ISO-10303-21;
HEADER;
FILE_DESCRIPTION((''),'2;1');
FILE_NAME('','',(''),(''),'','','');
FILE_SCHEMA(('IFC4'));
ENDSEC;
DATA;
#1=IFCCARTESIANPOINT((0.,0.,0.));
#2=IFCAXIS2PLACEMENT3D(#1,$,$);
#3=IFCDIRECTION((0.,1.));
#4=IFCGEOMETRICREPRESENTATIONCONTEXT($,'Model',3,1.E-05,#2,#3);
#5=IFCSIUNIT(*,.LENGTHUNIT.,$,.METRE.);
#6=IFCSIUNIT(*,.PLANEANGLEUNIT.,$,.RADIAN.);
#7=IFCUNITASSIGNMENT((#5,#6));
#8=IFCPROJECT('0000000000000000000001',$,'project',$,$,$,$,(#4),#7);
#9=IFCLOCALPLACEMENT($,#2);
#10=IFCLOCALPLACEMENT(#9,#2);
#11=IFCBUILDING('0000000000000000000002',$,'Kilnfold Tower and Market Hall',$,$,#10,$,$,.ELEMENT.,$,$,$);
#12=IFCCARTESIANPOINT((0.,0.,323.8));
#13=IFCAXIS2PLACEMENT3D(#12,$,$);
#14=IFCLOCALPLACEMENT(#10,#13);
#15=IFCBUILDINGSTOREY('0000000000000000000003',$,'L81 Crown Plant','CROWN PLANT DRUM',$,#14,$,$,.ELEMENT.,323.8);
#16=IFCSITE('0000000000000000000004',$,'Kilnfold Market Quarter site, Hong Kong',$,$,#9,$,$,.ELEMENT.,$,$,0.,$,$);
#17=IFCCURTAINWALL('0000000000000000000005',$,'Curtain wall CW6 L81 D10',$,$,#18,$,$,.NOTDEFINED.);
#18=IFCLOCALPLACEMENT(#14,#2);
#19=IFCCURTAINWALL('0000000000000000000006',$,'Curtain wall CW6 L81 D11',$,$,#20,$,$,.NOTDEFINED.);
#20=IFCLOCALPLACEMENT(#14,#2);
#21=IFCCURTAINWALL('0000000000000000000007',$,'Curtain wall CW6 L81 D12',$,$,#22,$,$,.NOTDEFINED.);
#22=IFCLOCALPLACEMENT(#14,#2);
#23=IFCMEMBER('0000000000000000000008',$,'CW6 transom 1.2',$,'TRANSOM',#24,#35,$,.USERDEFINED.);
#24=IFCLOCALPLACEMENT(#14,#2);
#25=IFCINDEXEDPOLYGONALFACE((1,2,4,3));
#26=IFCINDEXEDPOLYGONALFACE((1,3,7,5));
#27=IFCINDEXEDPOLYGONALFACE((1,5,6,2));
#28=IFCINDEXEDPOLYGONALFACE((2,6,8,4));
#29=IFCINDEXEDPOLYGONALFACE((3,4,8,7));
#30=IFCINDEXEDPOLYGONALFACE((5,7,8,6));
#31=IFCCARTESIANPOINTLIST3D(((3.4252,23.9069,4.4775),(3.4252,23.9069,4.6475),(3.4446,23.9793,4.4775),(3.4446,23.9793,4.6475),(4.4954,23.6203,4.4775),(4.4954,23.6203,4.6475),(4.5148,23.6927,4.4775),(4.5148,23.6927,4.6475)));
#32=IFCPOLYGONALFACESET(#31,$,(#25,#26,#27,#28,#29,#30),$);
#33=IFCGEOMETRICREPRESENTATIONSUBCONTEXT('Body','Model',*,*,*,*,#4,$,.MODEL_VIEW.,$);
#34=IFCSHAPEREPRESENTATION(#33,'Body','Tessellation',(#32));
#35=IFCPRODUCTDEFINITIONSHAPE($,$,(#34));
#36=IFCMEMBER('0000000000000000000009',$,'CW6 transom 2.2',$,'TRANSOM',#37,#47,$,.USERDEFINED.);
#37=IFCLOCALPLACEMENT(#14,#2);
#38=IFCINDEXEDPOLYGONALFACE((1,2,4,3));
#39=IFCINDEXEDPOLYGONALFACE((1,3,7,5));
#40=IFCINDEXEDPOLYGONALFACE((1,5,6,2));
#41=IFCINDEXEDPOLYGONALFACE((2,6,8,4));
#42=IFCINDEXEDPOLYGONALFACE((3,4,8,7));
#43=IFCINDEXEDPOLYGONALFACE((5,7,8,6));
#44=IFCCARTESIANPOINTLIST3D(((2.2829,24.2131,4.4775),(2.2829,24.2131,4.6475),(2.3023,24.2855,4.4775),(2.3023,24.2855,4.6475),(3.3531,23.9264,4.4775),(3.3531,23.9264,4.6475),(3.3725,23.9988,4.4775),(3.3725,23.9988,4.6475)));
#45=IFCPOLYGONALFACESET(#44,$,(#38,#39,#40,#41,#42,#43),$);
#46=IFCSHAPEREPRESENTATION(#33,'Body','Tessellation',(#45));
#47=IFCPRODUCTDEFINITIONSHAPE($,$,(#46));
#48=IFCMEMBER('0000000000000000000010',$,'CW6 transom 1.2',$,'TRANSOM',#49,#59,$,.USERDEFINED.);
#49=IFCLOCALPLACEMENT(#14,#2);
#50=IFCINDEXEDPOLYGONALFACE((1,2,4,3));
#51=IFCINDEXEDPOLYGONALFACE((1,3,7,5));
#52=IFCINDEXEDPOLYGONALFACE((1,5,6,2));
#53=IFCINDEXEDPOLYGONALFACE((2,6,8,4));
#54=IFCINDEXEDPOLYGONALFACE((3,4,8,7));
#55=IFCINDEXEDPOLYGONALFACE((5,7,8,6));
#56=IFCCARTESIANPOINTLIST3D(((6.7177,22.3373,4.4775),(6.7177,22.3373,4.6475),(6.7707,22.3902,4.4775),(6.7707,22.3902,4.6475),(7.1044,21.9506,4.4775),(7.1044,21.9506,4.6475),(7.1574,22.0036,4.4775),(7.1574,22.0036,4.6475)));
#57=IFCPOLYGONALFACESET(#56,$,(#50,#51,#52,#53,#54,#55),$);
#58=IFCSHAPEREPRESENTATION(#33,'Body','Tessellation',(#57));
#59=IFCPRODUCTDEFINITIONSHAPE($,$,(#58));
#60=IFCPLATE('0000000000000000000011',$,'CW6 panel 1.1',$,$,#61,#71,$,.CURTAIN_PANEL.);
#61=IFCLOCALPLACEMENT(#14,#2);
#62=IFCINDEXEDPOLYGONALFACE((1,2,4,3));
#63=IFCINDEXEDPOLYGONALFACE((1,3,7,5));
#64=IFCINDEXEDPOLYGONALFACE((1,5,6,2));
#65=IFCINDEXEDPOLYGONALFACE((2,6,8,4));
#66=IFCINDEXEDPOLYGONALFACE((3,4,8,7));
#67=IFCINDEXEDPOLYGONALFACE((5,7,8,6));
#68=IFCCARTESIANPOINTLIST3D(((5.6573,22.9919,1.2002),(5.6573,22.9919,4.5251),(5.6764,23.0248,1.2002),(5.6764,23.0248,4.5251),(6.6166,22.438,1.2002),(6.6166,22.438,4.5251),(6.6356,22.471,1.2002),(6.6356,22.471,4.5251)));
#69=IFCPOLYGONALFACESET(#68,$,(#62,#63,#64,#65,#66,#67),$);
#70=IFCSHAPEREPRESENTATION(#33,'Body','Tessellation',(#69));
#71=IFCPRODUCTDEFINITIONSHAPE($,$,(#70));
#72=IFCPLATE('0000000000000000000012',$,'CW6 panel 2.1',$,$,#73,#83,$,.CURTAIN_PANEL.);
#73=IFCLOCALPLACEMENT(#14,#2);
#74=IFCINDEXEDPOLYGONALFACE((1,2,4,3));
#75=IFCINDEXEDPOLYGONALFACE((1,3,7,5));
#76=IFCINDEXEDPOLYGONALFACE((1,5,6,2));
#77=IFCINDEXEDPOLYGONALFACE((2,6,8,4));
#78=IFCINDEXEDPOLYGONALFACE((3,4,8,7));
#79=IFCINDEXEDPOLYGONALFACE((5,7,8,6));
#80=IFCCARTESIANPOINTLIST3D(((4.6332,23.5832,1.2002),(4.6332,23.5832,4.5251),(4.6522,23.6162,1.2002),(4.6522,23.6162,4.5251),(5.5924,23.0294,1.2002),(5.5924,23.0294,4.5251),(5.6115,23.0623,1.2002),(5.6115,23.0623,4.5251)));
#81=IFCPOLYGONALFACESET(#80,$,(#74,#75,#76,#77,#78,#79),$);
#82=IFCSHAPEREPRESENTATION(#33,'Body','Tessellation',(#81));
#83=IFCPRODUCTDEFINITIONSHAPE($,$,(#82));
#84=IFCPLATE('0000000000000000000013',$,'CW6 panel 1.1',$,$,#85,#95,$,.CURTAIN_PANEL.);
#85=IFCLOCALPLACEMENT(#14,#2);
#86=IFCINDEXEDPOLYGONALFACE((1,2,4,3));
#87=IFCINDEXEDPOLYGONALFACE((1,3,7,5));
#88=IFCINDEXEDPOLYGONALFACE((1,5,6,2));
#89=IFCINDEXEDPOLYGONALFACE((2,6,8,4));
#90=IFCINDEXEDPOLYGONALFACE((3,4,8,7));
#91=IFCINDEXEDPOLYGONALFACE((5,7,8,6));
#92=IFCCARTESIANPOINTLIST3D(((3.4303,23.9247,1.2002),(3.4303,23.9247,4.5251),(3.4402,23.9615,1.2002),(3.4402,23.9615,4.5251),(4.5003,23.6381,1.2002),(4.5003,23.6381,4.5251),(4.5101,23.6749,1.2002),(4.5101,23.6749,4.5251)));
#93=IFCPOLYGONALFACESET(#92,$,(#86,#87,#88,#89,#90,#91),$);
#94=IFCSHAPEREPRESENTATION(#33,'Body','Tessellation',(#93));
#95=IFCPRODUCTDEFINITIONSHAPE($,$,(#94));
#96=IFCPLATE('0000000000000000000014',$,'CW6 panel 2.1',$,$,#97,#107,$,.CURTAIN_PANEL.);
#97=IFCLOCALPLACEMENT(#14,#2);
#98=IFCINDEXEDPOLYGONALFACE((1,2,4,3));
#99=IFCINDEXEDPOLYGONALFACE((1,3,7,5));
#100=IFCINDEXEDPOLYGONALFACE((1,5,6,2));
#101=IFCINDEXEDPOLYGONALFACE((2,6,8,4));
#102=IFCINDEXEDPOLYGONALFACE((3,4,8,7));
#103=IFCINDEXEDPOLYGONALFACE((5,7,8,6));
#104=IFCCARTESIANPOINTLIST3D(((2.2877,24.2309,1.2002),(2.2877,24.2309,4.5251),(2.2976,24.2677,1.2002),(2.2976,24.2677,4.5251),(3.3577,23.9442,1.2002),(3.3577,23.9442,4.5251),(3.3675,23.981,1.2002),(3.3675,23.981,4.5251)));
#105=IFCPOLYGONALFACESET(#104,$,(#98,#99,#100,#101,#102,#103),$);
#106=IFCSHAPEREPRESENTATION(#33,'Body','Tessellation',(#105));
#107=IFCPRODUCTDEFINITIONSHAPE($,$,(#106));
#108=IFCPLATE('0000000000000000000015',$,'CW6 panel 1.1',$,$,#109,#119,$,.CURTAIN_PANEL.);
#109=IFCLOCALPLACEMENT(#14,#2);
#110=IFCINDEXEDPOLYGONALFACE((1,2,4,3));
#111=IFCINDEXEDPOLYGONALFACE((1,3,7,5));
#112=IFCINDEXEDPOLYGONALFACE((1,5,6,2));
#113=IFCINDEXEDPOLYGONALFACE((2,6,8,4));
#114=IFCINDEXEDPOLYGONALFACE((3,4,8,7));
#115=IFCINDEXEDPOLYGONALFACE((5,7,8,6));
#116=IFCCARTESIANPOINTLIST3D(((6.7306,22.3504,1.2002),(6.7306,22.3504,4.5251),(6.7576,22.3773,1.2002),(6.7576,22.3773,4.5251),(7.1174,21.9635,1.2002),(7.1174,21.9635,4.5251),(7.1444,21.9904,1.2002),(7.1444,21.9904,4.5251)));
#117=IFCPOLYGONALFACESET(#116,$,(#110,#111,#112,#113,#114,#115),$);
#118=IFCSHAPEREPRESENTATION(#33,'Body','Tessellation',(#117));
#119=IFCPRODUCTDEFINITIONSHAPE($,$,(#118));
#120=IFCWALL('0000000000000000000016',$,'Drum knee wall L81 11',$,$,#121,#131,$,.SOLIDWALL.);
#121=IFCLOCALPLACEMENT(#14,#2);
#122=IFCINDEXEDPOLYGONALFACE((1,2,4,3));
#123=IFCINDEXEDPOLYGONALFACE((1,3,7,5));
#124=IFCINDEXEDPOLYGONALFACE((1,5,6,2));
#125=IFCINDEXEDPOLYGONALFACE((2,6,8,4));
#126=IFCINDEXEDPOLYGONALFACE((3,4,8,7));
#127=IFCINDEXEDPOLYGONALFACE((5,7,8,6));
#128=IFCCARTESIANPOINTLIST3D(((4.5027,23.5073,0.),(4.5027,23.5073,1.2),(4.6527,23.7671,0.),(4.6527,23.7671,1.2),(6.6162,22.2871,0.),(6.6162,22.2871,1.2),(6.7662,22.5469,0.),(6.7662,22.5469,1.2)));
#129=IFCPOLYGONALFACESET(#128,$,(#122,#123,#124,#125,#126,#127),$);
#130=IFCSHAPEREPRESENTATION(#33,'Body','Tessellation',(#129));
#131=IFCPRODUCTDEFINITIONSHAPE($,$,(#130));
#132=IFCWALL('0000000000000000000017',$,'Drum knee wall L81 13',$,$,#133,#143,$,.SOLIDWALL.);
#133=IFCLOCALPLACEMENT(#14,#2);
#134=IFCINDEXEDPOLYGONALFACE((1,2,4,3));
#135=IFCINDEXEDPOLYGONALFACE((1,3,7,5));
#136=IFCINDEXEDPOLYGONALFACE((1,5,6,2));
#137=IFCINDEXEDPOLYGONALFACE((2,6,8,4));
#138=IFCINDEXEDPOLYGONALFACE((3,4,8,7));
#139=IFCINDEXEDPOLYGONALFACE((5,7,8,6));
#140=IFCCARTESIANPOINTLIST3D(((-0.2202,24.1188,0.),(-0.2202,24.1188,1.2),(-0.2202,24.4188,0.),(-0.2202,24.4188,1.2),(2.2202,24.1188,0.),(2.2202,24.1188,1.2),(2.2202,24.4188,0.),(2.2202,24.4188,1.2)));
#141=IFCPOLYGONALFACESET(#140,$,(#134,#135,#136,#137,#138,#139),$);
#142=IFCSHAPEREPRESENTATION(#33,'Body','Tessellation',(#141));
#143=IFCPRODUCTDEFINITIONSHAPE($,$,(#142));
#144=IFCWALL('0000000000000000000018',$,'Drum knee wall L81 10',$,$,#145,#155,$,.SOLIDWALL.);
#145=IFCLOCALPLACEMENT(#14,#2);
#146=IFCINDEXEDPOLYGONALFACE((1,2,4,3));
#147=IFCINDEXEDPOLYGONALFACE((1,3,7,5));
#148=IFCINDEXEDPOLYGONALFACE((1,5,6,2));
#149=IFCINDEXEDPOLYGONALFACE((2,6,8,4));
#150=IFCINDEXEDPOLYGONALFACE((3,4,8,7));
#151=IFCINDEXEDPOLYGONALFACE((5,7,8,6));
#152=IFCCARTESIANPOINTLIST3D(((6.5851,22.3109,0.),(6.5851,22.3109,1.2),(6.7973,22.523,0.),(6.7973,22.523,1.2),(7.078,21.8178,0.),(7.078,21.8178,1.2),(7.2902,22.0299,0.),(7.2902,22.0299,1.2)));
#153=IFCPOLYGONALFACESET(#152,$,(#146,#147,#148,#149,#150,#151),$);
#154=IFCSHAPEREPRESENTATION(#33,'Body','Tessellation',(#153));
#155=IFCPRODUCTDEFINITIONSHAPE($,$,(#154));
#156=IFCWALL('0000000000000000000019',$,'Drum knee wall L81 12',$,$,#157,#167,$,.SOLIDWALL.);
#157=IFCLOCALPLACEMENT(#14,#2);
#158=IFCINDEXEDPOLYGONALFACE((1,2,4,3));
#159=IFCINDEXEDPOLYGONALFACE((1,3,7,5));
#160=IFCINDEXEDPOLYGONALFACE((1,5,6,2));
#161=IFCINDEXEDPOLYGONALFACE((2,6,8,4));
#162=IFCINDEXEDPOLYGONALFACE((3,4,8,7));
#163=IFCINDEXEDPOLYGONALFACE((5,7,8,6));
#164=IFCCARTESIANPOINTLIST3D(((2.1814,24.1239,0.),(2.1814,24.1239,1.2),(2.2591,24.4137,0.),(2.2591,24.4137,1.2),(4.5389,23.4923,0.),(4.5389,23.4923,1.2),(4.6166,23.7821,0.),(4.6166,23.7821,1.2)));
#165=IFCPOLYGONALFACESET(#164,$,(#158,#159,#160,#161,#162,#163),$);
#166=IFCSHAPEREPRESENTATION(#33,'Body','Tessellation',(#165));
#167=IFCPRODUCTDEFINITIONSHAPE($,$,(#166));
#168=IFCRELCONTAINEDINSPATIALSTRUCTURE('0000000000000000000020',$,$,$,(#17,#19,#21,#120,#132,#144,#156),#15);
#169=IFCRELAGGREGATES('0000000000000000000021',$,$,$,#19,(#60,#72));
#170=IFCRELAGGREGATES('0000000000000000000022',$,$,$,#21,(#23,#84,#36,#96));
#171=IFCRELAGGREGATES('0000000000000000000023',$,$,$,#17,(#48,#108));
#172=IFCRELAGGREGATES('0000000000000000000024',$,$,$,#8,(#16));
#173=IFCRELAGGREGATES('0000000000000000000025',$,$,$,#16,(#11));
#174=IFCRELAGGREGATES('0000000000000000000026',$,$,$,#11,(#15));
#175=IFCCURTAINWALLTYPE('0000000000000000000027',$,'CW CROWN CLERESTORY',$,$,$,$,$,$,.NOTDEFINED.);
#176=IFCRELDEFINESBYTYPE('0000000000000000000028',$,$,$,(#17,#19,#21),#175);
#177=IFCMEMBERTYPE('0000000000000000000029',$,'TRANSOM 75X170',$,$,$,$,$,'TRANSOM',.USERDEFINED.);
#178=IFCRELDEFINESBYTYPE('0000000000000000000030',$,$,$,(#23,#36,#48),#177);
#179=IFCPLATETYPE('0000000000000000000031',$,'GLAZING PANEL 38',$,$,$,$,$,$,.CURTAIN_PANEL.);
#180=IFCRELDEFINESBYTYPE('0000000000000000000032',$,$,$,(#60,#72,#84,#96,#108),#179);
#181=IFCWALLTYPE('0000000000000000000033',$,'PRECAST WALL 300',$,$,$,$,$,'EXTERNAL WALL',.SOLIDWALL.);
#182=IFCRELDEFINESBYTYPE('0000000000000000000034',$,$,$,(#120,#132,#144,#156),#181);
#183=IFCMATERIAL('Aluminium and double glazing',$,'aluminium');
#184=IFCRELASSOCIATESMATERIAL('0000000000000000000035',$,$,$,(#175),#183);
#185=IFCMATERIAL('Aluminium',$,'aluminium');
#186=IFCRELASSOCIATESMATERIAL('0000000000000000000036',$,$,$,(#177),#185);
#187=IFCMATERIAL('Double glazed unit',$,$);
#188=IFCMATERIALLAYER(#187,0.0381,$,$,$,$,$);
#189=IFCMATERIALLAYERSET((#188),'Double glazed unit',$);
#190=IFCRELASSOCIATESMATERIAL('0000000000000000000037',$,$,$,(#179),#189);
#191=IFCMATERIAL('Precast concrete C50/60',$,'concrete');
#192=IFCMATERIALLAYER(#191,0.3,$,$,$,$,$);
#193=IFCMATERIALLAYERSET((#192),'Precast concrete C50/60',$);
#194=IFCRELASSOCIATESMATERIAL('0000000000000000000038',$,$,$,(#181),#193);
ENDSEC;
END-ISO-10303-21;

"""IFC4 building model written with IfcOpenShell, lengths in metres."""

from ifc_helpers import new_model, si_unit, direction, frame, frame_2d, origin, origin_2d, place, context, subcontext, project, spatial, rectangle, extrude, source, transform, mapped, material, layer, layer_set, material_profile, profile_set, type_object, element, aggregate, save


model = new_model("IFC4")

# Units and contexts
model_context = context("Model", 3, precision=1e-05, world=origin(), true_north=direction((0.0, 1.0)))
body_context = subcontext(model_context, "Body", "Model", "MODEL_VIEW")
ifc_project = project(units=[si_unit("LENGTHUNIT", "METRE"), si_unit("PLANEANGLEUNIT", "RADIAN")], contexts=[model_context])

# Site, building, storey
site_placement = place(None, origin())
site = spatial("IfcSite", under=ifc_project, at=site_placement, Name="Kilnfold Market Quarter site, Hong Kong", CompositionType="ELEMENT", RefElevation=0.0)
building_placement = place(site_placement, origin())
building = spatial("IfcBuilding", under=site, at=building_placement, Name="Kilnfold Tower and Market Hall", CompositionType="ELEMENT")
storey_placement = place(building_placement, frame((0.0, 0.0, 323.8)))
storey = spatial("IfcBuildingStorey", under=building, at=storey_placement, Name="L81 Crown Plant", Description="CROWN PLANT DRUM", CompositionType="ELEMENT", Elevation=323.8)

# Curtain walls
ifc_material_1 = material(Name="Aluminium and double glazing", Category="aluminium")
curtain_wall_type = type_object("IfcCurtainWallType", Name="CW CROWN CLERESTORY", PredefinedType="NOTDEFINED", material=ifc_material_1)
curtain_wall_1_placement = place(storey_placement, origin())
curtain_wall_1 = element("IfcCurtainWall", 1, at=curtain_wall_1_placement, inside=storey, type_object=curtain_wall_type, Name="Curtain wall CW6 L81 D10", PredefinedType="NOTDEFINED")
curtain_wall_2_placement = place(storey_placement, origin())
curtain_wall_2 = element("IfcCurtainWall", 2, at=curtain_wall_2_placement, inside=storey, type_object=curtain_wall_type, Name="Curtain wall CW6 L81 D11", PredefinedType="NOTDEFINED")
curtain_wall_3_placement = place(storey_placement, origin())
curtain_wall_3 = element("IfcCurtainWall", 3, at=curtain_wall_3_placement, inside=storey, type_object=curtain_wall_type, Name="Curtain wall CW6 L81 D12", PredefinedType="NOTDEFINED")

# Members
ifc_material_2 = material(Name="Aluminium", Category="aluminium")
ifc_material_profile_1 = material_profile(ifc_material_2, rectangle(XDim=0.075, YDim=0.1699, at=origin_2d()), Name="TRANSOM 75x170")
ifc_profile_set_1 = profile_set([ifc_material_profile_1], Name="Aluminium")
member_type_1 = type_object("IfcMemberType", Name="TRANSOM 75X170", ElementType="TRANSOM", PredefinedType="USERDEFINED", material=ifc_profile_set_1)
shared_shape_1 = source(origin(), body_context, "Body", "SweptSolid", [
    extrude(rectangle(XDim=0.075, YDim=0.1699, at=origin_2d()), origin(), (0.0, 0.0, 1.0), 1.1079),
])
member_1_placement = place(storey_placement, frame((4.5051, 23.6565, 4.5625), z_axis=(-0.965949, 0.258732, 0.0), x_axis=(-0.258732, -0.965949, 0.0)))
member_1 = element("IfcMember", 4, at=member_1_placement, type_object=member_type_1, Name="CW6 transom 1.2", ObjectType="TRANSOM", PredefinedType="USERDEFINED", context=body_context, shape_type="MappedRepresentation", body=[
    mapped(shared_shape_1, transform((0.0, 0.0, 0.0))),
])
member_2_placement = place(storey_placement, frame((3.3628, 23.9626, 4.5625), z_axis=(-0.965949, 0.258732, 0.0), x_axis=(-0.258732, -0.965949, 0.0)))
member_2 = element("IfcMember", 5, at=member_2_placement, type_object=member_type_1, Name="CW6 transom 2.2", ObjectType="TRANSOM", PredefinedType="USERDEFINED", context=body_context, shape_type="MappedRepresentation", body=[
    mapped(shared_shape_1, transform((0.0, 0.0, 0.0))),
])
shared_shape_2 = source(origin(), body_context, "Body", "SweptSolid", [
    extrude(rectangle(XDim=0.075, YDim=0.1699, at=origin_2d()), origin(), (0.0, 0.0, 1.0), 0.5469),
])
member_3_placement = place(storey_placement, frame((7.1309, 21.9771, 4.5625), z_axis=(-0.707107, 0.707107, 0.0), x_axis=(-0.707107, -0.707107, 0.0)))
member_3 = element("IfcMember", 6, at=member_3_placement, type_object=member_type_1, Name="CW6 transom 1.2", ObjectType="TRANSOM", PredefinedType="USERDEFINED", context=body_context, shape_type="MappedRepresentation", body=[
    mapped(shared_shape_2, transform((0.0, 0.0, 0.0))),
])

# Plates
ifc_material_3 = material(Name="Double glazed unit")
ifc_layer_1 = layer(ifc_material_3, 0.0381)
ifc_layer_set_1 = layer_set([ifc_layer_1], Name="Double glazed unit")
plate_type = type_object("IfcPlateType", Name="GLAZING PANEL 38", PredefinedType="CURTAIN_PANEL", material=ifc_layer_set_1)
shared_shape_3 = source(origin(), body_context, "Body", "SweptSolid", [
    extrude(rectangle(XDim=1.1077, YDim=0.0381, at=origin_2d()), origin(), (0.0, 0.0, 1.0), 3.325),
])
plate_1_placement = place(storey_placement, frame((6.1465, 22.7314, 1.2002), z_axis=(0.0, 0.0, 1.0), x_axis=(-0.866031, 0.499991, 0.0)))
plate_1 = element("IfcPlate", 7, at=plate_1_placement, type_object=plate_type, Name="CW6 panel 1.1", PredefinedType="CURTAIN_PANEL", context=body_context, shape_type="MappedRepresentation", body=[
    mapped(shared_shape_3, transform((0.0, 0.0, 0.0))),
])
plate_2_placement = place(storey_placement, frame((5.1223, 23.3228, 1.2002), z_axis=(0.0, 0.0, 1.0), x_axis=(-0.866031, 0.499991, 0.0)))
plate_2 = element("IfcPlate", 8, at=plate_2_placement, type_object=plate_type, Name="CW6 panel 2.1", PredefinedType="CURTAIN_PANEL", context=body_context, shape_type="MappedRepresentation", body=[
    mapped(shared_shape_3, transform((0.0, 0.0, 0.0))),
])
aggregate(curtain_wall_2, [plate_1, plate_2])
plate_3_placement = place(storey_placement, frame((3.9702, 23.7998, 1.2002), z_axis=(0.0, 0.0, 1.0), x_axis=(-0.96593, 0.258805, 0.0)))
plate_3 = element("IfcPlate", 9, at=plate_3_placement, type_object=plate_type, Name="CW6 panel 1.1", PredefinedType="CURTAIN_PANEL", context=body_context, shape_type="MappedRepresentation", body=[
    mapped(shared_shape_3, transform((0.0, 0.0, 0.0))),
])
plate_4_placement = place(storey_placement, frame((2.8276, 24.106, 1.2002), z_axis=(0.0, 0.0, 1.0), x_axis=(-0.96593, 0.258805, 0.0)))
plate_4 = element("IfcPlate", 10, at=plate_4_placement, type_object=plate_type, Name="CW6 panel 2.1", PredefinedType="CURTAIN_PANEL", context=body_context, shape_type="MappedRepresentation", body=[
    mapped(shared_shape_3, transform((0.0, 0.0, 0.0))),
])
aggregate(curtain_wall_3, [member_1, plate_3, member_2, plate_4])
shared_shape_4 = source(origin(), body_context, "Body", "SweptSolid", [
    extrude(rectangle(XDim=0.5471, YDim=0.0381, at=origin_2d()), origin(), (0.0, 0.0, 1.0), 3.325),
])
plate_5_placement = place(storey_placement, frame((6.9375, 22.1704, 1.2002), z_axis=(0.0, 0.0, 1.0), x_axis=(-0.707035, 0.707178, 0.0)))
plate_5 = element("IfcPlate", 11, at=plate_5_placement, type_object=plate_type, Name="CW6 panel 1.1", PredefinedType="CURTAIN_PANEL", context=body_context, shape_type="MappedRepresentation", body=[
    mapped(shared_shape_4, transform((0.0, 0.0, 0.0))),
])
aggregate(curtain_wall_1, [member_3, plate_5])

# Walls
ifc_material_4 = material(Name="Precast concrete C50/60", Category="concrete")
ifc_layer_2 = layer(ifc_material_4, 0.3)
ifc_layer_set_2 = layer_set([ifc_layer_2], Name="Precast concrete C50/60")
wall_type_1 = type_object("IfcWallType", Name="PRECAST WALL 300", ElementType="EXTERNAL WALL", PredefinedType="SOLIDWALL", material=ifc_layer_set_2)
shared_shape_5 = source(origin(), body_context, "Body", "SweptSolid", [
    extrude(rectangle(XDim=2.4404, YDim=0.3, at=frame_2d((1.2202, 0.0))), origin(), (0.0, 0.0, 1.0), 1.2),
])
for number, where, z_axis, x_axis, name in (
    (12, (6.6912, 22.417, 0.0), (0.0, 0.0, 1.0), (-0.866031, 0.499991, 0.0), "Drum knee wall L81 11"),
    (13, (2.2202, 24.2688, 0.0), (0.0, 0.0, 1.0), (-1.0, 0.0, 0.0), "Drum knee wall L81 13"),
):
    element("IfcWall", number, at=place(storey_placement, frame(where, z_axis=z_axis, x_axis=x_axis)), inside=storey, type_object=wall_type_1, Name=name, PredefinedType="SOLIDWALL", context=body_context, shape_type="MappedRepresentation", body=[
        mapped(shared_shape_5, transform((0.0, 0.0, 0.0))),
    ])
shared_shape_6 = source(origin(), body_context, "Body", "SweptSolid", [
    extrude(rectangle(XDim=0.6973, YDim=0.3, at=frame_2d((0.3486, 0.0))), origin(), (0.0, 0.0, 1.0), 1.2),
])
wall_1_placement = place(storey_placement, frame((7.1841, 21.9238, 0.0), z_axis=(0.0, 0.0, 1.0), x_axis=(-0.706932, 0.707282, 0.0)))
element("IfcWall", 14, at=wall_1_placement, inside=storey, type_object=wall_type_1, Name="Drum knee wall L81 10", PredefinedType="SOLIDWALL", context=body_context, shape_type="MappedRepresentation", body=[
    mapped(shared_shape_6, transform((0.0, 0.0, 0.0))),
])
shared_shape_7 = source(origin(), body_context, "Body", "SweptSolid", [
    extrude(rectangle(XDim=2.4407, YDim=0.3, at=frame_2d((1.2202, 0.0))), origin(), (0.0, 0.0, 1.0), 1.2),
])
wall_2_placement = place(storey_placement, frame((4.5776, 23.6372, 0.0), z_axis=(0.0, 0.0, 1.0), x_axis=(-0.965934, 0.258789, 0.0)))
element("IfcWall", 15, at=wall_2_placement, inside=storey, type_object=wall_type_1, Name="Drum knee wall L81 12", PredefinedType="SOLIDWALL", context=body_context, shape_type="MappedRepresentation", body=[
    mapped(shared_shape_7, transform((0.0, 0.0, 0.0))),
])

save(model, "model.ifc")
